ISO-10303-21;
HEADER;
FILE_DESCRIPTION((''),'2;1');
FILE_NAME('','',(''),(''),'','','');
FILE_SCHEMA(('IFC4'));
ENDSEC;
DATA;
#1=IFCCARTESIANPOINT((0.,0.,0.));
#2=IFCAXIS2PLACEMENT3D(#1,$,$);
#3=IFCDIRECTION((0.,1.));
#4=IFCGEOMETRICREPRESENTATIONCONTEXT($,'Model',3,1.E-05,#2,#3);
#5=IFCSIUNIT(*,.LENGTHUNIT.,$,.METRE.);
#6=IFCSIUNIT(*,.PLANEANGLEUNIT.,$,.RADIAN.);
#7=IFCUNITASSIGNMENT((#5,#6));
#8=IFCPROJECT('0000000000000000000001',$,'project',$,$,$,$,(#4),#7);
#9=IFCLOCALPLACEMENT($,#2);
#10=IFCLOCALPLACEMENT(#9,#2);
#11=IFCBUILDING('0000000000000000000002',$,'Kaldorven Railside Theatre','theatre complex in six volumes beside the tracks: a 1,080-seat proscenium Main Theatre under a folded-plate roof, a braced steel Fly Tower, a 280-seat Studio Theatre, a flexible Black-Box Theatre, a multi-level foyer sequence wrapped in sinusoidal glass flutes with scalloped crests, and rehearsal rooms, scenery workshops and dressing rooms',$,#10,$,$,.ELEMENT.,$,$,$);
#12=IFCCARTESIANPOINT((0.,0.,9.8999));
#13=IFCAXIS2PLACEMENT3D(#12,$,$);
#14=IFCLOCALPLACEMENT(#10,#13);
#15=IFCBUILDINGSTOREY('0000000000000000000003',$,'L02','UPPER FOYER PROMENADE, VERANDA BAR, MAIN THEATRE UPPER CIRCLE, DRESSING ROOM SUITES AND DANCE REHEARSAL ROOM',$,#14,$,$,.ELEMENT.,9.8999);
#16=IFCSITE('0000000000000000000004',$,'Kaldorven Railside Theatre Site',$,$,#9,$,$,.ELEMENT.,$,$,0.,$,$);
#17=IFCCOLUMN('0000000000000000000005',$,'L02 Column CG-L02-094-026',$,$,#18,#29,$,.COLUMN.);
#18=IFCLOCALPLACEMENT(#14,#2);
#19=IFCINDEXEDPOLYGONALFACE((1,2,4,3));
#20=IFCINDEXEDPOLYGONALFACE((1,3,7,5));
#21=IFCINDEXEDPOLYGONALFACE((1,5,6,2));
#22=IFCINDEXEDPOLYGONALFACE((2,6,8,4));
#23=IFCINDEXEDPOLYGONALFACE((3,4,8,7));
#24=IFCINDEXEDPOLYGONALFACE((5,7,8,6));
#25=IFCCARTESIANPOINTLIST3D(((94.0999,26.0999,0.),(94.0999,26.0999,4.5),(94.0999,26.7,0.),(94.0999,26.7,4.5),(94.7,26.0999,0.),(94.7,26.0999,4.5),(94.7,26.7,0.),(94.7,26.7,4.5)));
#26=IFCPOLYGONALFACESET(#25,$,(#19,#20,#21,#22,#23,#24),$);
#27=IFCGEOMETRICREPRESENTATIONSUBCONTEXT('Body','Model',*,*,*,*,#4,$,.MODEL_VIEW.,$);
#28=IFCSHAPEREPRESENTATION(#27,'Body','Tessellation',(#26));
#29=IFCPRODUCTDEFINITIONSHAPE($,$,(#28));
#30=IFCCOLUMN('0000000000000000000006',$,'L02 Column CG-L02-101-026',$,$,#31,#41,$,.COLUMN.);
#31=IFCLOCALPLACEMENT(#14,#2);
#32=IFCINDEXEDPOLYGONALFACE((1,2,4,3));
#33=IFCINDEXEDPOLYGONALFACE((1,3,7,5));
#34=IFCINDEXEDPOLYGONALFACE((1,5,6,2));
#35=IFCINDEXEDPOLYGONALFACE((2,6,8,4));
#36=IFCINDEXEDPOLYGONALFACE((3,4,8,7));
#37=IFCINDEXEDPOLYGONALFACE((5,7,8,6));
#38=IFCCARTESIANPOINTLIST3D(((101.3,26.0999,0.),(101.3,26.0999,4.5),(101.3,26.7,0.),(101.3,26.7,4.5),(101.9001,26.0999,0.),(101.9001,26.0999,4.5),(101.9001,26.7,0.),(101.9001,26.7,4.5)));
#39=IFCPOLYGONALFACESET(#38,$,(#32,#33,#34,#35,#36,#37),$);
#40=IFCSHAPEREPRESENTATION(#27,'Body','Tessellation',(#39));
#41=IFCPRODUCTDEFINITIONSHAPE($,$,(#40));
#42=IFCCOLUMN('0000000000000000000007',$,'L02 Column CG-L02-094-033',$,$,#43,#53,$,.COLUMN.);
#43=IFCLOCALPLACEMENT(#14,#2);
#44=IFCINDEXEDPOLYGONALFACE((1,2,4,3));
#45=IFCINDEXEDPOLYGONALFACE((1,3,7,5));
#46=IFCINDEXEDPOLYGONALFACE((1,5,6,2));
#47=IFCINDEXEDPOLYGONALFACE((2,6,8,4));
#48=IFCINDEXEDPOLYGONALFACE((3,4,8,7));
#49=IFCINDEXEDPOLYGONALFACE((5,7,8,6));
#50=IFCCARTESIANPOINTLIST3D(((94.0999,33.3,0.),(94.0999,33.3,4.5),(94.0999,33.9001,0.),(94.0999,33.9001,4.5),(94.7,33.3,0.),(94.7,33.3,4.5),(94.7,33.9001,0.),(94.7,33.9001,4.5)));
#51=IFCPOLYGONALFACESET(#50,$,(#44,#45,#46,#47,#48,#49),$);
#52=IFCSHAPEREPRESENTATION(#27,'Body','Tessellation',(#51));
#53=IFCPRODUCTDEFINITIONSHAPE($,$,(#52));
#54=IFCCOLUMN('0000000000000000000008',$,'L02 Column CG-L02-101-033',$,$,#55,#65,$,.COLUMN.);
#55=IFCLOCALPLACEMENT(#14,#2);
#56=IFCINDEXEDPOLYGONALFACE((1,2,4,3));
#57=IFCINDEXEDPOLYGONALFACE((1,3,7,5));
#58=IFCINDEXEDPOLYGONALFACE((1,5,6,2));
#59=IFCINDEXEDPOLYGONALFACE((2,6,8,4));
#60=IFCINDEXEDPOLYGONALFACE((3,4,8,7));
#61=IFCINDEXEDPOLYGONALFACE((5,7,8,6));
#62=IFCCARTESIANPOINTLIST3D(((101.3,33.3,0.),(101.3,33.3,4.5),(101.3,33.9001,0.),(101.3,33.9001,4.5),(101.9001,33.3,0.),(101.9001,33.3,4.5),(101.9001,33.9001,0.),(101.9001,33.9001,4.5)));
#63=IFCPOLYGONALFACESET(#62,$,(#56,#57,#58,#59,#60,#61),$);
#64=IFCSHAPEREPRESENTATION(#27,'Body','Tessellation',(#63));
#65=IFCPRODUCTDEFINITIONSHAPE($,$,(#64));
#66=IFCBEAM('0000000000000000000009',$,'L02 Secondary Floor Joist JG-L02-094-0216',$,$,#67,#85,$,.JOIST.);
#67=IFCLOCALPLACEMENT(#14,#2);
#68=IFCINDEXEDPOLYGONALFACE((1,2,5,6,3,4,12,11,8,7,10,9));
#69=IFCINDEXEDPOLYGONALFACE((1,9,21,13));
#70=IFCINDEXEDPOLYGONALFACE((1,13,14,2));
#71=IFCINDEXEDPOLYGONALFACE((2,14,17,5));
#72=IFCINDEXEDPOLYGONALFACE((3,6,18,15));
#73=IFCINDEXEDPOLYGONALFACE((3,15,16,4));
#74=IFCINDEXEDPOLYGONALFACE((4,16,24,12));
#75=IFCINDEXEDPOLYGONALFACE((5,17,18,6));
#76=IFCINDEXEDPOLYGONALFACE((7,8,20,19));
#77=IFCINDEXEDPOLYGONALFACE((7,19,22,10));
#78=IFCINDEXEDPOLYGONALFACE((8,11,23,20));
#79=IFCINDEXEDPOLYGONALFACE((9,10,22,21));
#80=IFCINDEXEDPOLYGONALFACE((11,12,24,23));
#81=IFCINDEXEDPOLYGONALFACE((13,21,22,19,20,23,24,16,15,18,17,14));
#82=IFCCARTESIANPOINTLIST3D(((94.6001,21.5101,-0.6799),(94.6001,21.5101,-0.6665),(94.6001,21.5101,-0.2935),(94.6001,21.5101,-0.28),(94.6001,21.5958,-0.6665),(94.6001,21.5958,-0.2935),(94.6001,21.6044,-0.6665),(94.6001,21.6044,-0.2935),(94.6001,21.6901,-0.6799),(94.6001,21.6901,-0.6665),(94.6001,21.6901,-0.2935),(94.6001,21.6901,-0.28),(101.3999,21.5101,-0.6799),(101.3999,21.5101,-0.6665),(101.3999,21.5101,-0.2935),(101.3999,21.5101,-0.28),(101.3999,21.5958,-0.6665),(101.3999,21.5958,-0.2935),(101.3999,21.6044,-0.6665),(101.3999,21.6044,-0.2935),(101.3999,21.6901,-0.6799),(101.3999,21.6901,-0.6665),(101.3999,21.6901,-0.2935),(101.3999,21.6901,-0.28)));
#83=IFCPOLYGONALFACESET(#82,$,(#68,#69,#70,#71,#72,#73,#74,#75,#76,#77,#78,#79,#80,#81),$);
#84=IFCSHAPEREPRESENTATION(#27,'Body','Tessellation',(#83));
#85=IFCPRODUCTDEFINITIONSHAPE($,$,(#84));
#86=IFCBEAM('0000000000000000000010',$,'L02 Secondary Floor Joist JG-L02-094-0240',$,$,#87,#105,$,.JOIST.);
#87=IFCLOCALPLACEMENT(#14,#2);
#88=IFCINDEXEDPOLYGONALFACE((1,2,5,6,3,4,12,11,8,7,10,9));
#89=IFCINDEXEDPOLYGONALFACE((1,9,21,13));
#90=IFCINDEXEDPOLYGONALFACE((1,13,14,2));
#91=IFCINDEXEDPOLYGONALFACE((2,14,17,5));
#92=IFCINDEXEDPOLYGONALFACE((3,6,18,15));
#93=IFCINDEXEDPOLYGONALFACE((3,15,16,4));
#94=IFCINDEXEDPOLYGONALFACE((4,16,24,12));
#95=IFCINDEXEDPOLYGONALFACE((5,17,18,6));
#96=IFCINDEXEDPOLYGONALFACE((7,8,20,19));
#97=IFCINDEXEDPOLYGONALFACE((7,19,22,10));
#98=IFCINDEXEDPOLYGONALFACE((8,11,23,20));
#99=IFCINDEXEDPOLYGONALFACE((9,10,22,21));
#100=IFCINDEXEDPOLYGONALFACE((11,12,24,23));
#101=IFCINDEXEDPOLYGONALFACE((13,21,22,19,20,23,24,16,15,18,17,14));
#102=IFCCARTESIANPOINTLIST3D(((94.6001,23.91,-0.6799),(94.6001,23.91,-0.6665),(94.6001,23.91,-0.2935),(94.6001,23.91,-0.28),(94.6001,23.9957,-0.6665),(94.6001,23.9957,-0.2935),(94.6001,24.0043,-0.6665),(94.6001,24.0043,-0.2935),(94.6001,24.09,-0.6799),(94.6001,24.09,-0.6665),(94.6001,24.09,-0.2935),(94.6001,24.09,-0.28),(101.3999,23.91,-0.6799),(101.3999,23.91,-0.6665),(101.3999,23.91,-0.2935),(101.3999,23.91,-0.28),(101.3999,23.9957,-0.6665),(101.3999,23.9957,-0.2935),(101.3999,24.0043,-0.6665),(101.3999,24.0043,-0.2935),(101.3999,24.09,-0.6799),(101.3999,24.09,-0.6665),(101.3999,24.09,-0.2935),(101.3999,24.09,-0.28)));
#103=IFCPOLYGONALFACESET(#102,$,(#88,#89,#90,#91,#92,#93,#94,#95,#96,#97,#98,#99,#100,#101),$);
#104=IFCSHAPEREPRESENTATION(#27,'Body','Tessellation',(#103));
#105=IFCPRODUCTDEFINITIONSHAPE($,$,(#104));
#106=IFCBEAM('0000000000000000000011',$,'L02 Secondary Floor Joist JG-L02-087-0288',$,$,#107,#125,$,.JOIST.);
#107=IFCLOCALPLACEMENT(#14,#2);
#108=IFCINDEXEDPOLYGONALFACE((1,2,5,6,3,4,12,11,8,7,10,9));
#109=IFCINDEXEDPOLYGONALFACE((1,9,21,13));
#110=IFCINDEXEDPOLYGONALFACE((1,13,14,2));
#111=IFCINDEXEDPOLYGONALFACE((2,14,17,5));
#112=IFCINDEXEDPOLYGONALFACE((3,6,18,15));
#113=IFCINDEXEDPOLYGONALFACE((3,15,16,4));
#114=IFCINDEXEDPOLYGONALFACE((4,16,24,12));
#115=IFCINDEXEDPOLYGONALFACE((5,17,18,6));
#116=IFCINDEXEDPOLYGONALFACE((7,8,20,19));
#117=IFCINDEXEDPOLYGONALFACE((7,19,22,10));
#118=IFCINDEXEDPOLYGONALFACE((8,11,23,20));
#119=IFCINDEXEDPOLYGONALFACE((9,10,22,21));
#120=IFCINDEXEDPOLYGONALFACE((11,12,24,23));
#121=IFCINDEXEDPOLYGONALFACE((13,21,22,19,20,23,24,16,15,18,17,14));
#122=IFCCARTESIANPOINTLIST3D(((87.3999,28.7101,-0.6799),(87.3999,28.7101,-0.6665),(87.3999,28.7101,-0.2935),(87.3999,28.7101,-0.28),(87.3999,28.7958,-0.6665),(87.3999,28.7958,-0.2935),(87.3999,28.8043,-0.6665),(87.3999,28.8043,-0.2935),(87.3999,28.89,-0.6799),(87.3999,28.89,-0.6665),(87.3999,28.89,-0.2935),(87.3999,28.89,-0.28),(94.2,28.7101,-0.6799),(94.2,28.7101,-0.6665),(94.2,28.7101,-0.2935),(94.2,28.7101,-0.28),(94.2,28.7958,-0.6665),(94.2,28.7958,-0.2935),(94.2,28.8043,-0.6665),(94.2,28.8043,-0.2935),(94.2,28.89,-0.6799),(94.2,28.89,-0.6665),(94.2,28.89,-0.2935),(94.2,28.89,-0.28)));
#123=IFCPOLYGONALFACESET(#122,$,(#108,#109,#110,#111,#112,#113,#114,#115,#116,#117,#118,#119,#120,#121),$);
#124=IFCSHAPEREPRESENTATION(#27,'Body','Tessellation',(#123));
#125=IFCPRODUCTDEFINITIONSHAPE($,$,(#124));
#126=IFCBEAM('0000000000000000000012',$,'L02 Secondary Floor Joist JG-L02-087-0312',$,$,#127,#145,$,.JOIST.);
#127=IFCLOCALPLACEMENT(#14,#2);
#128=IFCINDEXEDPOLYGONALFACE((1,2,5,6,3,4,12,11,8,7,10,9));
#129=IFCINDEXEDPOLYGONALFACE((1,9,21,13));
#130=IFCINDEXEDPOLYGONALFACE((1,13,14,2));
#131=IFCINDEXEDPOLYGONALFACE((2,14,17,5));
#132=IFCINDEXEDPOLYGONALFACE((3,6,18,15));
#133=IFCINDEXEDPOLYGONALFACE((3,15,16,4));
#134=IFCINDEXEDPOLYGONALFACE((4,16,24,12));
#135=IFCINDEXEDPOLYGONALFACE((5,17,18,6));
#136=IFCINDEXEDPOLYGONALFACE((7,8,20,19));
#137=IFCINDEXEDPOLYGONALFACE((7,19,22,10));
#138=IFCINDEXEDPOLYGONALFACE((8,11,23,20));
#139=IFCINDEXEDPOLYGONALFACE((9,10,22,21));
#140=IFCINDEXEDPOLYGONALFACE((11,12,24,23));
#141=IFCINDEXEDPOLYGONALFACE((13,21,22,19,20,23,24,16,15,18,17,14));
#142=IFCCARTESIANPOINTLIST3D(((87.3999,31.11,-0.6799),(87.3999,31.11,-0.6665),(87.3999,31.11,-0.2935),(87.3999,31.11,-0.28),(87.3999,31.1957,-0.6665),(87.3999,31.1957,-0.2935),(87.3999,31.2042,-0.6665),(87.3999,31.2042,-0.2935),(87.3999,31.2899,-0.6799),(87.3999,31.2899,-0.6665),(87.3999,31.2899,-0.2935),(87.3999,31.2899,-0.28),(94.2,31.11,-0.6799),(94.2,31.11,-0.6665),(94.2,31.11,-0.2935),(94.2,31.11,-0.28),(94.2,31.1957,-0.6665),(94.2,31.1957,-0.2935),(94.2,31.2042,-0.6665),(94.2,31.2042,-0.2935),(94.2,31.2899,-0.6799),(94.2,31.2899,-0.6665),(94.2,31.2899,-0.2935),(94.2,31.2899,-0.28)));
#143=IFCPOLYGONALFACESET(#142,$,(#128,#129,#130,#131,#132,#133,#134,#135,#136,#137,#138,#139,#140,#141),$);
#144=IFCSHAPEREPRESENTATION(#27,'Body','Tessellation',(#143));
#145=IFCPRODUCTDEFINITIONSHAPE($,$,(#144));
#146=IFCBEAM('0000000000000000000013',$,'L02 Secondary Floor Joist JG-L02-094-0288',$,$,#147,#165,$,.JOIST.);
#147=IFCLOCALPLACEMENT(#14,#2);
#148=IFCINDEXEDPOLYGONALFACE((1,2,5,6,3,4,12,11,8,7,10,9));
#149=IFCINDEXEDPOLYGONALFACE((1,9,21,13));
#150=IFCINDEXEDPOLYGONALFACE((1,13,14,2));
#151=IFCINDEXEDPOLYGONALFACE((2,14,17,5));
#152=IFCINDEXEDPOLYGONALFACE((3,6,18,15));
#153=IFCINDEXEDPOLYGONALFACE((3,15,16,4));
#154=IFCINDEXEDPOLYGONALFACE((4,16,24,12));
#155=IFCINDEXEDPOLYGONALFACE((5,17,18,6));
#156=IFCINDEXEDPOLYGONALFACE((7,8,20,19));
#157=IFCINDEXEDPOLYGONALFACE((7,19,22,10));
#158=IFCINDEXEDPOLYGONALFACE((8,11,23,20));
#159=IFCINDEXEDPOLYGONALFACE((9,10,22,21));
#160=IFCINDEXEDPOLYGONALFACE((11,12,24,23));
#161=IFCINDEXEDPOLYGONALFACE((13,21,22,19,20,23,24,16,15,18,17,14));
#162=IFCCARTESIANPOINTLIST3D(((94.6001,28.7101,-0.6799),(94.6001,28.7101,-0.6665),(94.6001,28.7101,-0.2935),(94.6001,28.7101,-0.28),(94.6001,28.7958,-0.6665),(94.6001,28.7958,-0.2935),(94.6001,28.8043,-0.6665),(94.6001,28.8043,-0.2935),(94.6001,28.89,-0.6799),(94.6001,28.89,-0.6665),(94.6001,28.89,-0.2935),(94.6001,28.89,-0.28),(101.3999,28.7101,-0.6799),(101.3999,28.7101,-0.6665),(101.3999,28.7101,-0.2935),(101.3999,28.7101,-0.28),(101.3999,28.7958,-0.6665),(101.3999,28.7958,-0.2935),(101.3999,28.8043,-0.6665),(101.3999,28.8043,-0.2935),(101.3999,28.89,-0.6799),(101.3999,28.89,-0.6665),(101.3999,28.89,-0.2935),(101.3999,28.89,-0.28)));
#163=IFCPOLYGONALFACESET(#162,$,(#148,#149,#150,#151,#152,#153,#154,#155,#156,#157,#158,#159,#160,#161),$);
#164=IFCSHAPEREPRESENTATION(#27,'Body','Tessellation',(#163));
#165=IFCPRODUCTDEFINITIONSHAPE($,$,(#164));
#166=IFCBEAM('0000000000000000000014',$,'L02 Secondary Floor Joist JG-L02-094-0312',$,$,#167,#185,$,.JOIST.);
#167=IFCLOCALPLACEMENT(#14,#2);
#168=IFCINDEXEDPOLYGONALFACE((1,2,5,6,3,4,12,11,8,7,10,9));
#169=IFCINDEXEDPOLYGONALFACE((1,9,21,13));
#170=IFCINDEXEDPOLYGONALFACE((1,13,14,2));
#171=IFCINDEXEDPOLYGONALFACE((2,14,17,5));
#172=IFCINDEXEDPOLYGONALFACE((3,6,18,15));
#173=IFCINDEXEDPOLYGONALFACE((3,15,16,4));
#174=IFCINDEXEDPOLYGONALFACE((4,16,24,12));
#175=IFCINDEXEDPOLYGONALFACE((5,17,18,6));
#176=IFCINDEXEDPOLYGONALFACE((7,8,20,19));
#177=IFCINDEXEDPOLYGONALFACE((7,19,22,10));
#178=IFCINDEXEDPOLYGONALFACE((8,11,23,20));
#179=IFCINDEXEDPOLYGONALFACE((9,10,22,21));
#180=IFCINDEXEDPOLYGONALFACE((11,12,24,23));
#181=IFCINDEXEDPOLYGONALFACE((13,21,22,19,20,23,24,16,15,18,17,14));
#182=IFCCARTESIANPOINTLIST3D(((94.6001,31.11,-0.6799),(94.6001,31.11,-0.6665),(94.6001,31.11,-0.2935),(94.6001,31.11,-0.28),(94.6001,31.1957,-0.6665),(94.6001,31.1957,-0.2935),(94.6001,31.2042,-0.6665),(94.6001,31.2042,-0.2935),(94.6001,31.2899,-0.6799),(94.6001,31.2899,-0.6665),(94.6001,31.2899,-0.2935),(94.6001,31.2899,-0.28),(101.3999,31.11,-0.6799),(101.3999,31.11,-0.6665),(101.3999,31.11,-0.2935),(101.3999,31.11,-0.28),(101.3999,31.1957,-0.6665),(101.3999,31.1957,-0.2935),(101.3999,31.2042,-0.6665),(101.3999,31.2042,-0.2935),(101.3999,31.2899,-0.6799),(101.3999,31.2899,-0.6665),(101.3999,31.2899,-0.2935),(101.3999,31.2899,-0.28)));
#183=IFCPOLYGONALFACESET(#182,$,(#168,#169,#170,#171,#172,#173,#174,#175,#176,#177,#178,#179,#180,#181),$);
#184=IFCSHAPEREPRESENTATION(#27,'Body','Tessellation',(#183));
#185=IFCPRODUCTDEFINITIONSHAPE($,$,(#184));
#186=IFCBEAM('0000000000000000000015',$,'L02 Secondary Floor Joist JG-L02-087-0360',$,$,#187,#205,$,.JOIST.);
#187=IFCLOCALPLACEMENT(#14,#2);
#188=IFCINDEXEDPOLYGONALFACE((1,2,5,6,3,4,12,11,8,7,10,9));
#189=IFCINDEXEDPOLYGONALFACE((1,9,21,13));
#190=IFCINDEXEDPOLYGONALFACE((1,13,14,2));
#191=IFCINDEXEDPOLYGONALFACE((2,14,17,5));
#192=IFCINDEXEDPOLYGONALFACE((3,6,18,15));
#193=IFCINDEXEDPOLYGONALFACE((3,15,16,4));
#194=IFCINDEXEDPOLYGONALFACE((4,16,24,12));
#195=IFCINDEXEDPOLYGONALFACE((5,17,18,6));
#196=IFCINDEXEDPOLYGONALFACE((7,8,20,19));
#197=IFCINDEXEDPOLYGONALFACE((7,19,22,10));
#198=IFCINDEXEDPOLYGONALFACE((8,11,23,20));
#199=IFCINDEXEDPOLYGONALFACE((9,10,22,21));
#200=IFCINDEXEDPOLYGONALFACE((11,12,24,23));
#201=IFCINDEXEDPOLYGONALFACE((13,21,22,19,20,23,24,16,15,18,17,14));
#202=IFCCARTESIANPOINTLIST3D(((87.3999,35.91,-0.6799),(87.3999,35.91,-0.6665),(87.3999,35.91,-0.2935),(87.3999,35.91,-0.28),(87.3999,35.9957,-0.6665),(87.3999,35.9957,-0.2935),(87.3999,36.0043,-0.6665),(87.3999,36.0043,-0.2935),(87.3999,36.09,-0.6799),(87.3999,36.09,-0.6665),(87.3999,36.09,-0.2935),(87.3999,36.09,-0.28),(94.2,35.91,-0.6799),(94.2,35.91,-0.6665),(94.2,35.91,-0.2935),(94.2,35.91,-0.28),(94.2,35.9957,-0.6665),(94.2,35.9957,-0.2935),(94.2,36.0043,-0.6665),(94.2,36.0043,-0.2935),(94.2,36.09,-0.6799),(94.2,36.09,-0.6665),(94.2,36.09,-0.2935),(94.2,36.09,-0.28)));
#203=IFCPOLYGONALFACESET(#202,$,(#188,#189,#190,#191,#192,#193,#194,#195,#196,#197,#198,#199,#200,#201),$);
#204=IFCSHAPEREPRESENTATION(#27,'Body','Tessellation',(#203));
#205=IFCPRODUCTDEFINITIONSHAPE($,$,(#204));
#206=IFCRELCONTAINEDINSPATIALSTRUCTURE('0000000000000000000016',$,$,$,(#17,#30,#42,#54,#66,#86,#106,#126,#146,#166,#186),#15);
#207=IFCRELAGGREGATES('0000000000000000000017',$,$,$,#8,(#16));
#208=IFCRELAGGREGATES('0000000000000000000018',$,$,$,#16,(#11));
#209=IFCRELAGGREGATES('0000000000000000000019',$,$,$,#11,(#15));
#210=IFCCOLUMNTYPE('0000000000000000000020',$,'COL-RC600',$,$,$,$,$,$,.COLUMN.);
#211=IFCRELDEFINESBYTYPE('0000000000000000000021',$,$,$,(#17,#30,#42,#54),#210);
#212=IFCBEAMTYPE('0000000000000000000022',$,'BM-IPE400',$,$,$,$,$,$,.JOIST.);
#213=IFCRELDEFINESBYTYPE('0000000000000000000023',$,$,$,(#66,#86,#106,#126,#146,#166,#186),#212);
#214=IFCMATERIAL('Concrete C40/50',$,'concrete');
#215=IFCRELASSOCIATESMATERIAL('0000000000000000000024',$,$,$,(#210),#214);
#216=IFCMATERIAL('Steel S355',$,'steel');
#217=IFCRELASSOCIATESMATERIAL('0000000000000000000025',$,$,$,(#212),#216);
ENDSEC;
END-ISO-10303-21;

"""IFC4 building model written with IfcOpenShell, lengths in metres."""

from ifc_helpers import new_model, si_unit, direction, frame, origin, origin_2d, place, context, subcontext, project, spatial, rectangle, i_section, extrude, material, material_profile, profile_set, type_object, element, save


model = new_model("IFC4")

# Units and contexts
model_context = context("Model", 3, precision=1e-05, world=origin(), true_north=direction((0.0, 1.0)))
body_context = subcontext(model_context, "Body", "Model", "MODEL_VIEW")
ifc_project = project(units=[si_unit("LENGTHUNIT", "METRE"), si_unit("PLANEANGLEUNIT", "RADIAN")], contexts=[model_context])

# Site, building, storey
site_placement = place(None, origin())
site = spatial("IfcSite", under=ifc_project, at=site_placement, Name="Kaldorven Railside Theatre Site", CompositionType="ELEMENT", RefElevation=0.0)
building_placement = place(site_placement, origin())
building = spatial("IfcBuilding", under=site, at=building_placement, Name="Kaldorven Railside Theatre", Description="theatre complex in six volumes beside the tracks: a 1,080-seat proscenium Main Theatre under a folded-plate roof, a braced steel Fly Tower, a 280-seat Studio Theatre, a flexible Black-Box Theatre, a multi-level foyer sequence wrapped in sinusoidal glass flutes with scalloped crests, and rehearsal rooms, scenery workshops and dressing rooms", CompositionType="ELEMENT")
storey_placement = place(building_placement, frame((0.0, 0.0, 9.8999)))
storey = spatial("IfcBuildingStorey", under=building, at=storey_placement, Name="L02", Description="UPPER FOYER PROMENADE, VERANDA BAR, MAIN THEATRE UPPER CIRCLE, DRESSING ROOM SUITES AND DANCE REHEARSAL ROOM", CompositionType="ELEMENT", Elevation=9.8999)

# Columns
ifc_material_1 = material(Name="Concrete C40/50", Category="concrete")
ifc_material_profile_1 = material_profile(ifc_material_1, rectangle(XDim=0.6001, YDim=0.6001, at=origin_2d()), Name="RC 600x600")
ifc_profile_set_1 = profile_set([ifc_material_profile_1], Name="Concrete C40/50")
column_type = type_object("IfcColumnType", Name="COL-RC600", PredefinedType="COLUMN", material=ifc_profile_set_1)
for number, where, z_axis, x_axis, name in (
    (1, (94.3999, 26.3999, 0.0), (0.0, 0.0, 1.0), (1.0, 0.0, 0.0), "L02 Column CG-L02-094-026"),
    (2, (101.6001, 26.3999, 0.0), (0.0, 0.0, 1.0), (1.0, 0.0, 0.0), "L02 Column CG-L02-101-026"),
    (3, (94.3999, 33.6001, 0.0), (0.0, 0.0, 1.0), (1.0, 0.0, 0.0), "L02 Column CG-L02-094-033"),
    (4, (101.6001, 33.6001, 0.0), (0.0, 0.0, 1.0), (0.0, 1.0, 0.0), "L02 Column CG-L02-101-033"),
):
    element("IfcColumn", number, at=place(storey_placement, frame(where, z_axis=z_axis, x_axis=x_axis)), inside=storey, type_object=column_type, Name=name, PredefinedType="COLUMN", context=body_context, shape_type="SweptSolid", body=[
        extrude(rectangle(XDim=0.6001, YDim=0.6001, at=origin_2d()), origin(), (0.0, 0.0, 1.0), 4.5),
    ])

# Beams
ifc_material_2 = material(Name="Steel S355", Category="steel")
ifc_material_profile_2 = material_profile(ifc_material_2, i_section(OverallWidth=0.1799, OverallDepth=0.3999, WebThickness=0.0085, FlangeThickness=0.0134, at=origin_2d()), Name="IPE 400")
ifc_profile_set_2 = profile_set([ifc_material_profile_2], Name="Steel S355")
beam_type_1 = type_object("IfcBeamType", Name="BM-IPE400", PredefinedType="JOIST", material=ifc_profile_set_2)
for number, where, z_axis, x_axis, name in (
    (5, (94.6001, 21.6001, -0.48), (1.0, 0.0, 0.0), (0.0, 1.0, 0.0), "L02 Secondary Floor Joist JG-L02-094-0216"),
    (6, (94.6001, 24.0, -0.48), (1.0, 0.0, 0.0), (0.0, 1.0, 0.0), "L02 Secondary Floor Joist JG-L02-094-0240"),
):
    element("IfcBeam", number, at=place(storey_placement, frame(where, z_axis=z_axis, x_axis=x_axis)), inside=storey, type_object=beam_type_1, Name=name, PredefinedType="JOIST", context=body_context, shape_type="SweptSolid", body=[
        extrude(i_section(OverallWidth=0.1799, OverallDepth=0.3999, WebThickness=0.0085, FlangeThickness=0.0134, at=origin_2d()), origin(), (0.0, 0.0, 1.0), 6.7998),
    ])
for number, where, z_axis, x_axis, name in (
    (7, (87.3999, 28.8, -0.48), (1.0, 0.0, 0.0), (0.0, 1.0, 0.0), "L02 Secondary Floor Joist JG-L02-087-0288"),
    (8, (87.3999, 31.2, -0.48), (1.0, 0.0, 0.0), (0.0, 1.0, 0.0), "L02 Secondary Floor Joist JG-L02-087-0312"),
):
    element("IfcBeam", number, at=place(storey_placement, frame(where, z_axis=z_axis, x_axis=x_axis)), inside=storey, type_object=beam_type_1, Name=name, PredefinedType="JOIST", context=body_context, shape_type="SweptSolid", body=[
        extrude(i_section(OverallWidth=0.1799, OverallDepth=0.3999, WebThickness=0.0085, FlangeThickness=0.0134, at=origin_2d()), origin(), (0.0, 0.0, 1.0), 6.8),
    ])
for number, where, z_axis, x_axis, name in (
    (9, (94.6001, 28.8, -0.48), (1.0, 0.0, 0.0), (0.0, 1.0, 0.0), "L02 Secondary Floor Joist JG-L02-094-0288"),
    (10, (94.6001, 31.2, -0.48), (1.0, 0.0, 0.0), (0.0, 1.0, 0.0), "L02 Secondary Floor Joist JG-L02-094-0312"),
):
    element("IfcBeam", number, at=place(storey_placement, frame(where, z_axis=z_axis, x_axis=x_axis)), inside=storey, type_object=beam_type_1, Name=name, PredefinedType="JOIST", context=body_context, shape_type="SweptSolid", body=[
        extrude(i_section(OverallWidth=0.1799, OverallDepth=0.3999, WebThickness=0.0085, FlangeThickness=0.0134, at=origin_2d()), origin(), (0.0, 0.0, 1.0), 6.7998),
    ])
beam_1_placement = place(storey_placement, frame((87.3999, 36.0, -0.48), z_axis=(1.0, 0.0, 0.0), x_axis=(0.0, 1.0, 0.0)))
element("IfcBeam", 11, at=beam_1_placement, inside=storey, type_object=beam_type_1, Name="L02 Secondary Floor Joist JG-L02-087-0360", PredefinedType="JOIST", context=body_context, shape_type="SweptSolid", body=[
    extrude(i_section(OverallWidth=0.1799, OverallDepth=0.3999, WebThickness=0.0085, FlangeThickness=0.0134, at=origin_2d()), origin(), (0.0, 0.0, 1.0), 6.8),
])

save(model, "model.ifc")
